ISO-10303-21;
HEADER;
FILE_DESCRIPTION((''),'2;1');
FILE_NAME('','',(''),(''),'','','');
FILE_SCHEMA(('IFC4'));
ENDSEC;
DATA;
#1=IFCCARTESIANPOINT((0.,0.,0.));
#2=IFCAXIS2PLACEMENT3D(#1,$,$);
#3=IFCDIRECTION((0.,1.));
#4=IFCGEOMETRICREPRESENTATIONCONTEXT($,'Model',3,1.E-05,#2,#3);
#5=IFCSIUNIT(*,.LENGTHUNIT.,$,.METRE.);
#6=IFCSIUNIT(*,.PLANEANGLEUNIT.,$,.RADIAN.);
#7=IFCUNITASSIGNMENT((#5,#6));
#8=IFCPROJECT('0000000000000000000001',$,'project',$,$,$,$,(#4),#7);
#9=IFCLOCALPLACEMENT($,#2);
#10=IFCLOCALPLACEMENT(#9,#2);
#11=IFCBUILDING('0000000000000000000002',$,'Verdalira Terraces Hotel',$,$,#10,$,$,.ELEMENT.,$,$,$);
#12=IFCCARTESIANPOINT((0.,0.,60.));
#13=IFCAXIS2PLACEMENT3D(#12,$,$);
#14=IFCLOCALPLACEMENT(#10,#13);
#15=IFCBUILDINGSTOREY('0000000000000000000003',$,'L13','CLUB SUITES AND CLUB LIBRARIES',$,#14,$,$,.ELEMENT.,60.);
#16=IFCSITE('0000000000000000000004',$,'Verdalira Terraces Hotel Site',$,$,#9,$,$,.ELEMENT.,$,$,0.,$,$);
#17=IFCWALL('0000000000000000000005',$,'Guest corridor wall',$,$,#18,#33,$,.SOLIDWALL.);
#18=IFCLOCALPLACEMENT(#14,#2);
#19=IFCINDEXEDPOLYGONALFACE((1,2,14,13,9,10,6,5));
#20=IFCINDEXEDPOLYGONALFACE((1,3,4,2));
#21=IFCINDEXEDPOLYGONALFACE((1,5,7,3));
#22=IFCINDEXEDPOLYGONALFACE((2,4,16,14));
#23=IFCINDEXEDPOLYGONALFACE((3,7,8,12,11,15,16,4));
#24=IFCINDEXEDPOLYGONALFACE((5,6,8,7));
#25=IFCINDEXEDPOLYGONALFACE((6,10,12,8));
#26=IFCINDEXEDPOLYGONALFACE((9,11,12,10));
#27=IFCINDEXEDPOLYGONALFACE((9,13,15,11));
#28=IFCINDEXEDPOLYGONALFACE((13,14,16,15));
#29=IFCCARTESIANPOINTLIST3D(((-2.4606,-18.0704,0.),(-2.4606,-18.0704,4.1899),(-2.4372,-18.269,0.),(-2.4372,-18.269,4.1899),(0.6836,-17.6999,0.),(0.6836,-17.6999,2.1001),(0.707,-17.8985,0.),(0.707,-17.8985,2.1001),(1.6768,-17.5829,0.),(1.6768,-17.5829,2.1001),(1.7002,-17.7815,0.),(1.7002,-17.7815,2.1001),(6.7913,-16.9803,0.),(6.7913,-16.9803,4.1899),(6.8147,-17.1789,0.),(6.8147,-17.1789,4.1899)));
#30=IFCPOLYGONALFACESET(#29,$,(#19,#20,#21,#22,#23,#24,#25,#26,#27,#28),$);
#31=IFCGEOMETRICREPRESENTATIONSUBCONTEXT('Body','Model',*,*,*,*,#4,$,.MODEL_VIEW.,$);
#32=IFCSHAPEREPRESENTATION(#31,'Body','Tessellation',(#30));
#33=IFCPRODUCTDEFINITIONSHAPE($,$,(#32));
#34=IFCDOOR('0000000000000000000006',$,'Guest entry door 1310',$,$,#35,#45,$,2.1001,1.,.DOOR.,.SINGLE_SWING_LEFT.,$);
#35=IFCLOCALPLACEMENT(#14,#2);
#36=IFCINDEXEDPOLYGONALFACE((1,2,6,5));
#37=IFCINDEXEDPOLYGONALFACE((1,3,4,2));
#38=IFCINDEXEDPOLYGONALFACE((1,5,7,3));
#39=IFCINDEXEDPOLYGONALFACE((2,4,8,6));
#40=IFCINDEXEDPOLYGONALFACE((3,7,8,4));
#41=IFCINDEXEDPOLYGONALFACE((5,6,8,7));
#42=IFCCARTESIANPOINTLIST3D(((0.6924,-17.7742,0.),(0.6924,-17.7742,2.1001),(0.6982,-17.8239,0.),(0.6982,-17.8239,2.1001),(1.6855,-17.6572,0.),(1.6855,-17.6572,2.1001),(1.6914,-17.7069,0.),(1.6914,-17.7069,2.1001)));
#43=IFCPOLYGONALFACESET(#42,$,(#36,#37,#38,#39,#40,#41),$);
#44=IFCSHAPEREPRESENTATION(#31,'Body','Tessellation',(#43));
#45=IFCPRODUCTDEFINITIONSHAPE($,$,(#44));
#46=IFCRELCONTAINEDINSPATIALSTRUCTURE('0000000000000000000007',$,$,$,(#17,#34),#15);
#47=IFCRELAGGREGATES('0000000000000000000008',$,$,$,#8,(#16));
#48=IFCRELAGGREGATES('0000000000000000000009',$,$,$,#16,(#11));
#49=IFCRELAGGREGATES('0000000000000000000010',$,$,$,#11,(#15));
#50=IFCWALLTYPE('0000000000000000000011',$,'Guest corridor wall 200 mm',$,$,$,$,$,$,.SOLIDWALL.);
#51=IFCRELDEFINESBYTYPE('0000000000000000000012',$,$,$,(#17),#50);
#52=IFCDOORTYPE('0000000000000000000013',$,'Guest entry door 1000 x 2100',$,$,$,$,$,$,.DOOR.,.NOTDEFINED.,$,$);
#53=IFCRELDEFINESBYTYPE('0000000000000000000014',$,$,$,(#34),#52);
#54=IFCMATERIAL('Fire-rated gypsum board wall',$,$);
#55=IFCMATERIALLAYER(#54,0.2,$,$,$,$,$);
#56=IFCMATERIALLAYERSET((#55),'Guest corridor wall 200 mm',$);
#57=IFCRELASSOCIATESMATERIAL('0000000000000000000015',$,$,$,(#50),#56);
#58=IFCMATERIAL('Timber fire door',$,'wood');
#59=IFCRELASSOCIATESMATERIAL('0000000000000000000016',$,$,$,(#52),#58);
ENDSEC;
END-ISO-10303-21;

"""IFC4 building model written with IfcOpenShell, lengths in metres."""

from ifc_helpers import new_model, si_unit, direction, frame, frame_2d, origin, place, context, subcontext, project, spatial, rectangle, extrude, material, layer, layer_set, type_object, element, fill, save


model = new_model("IFC4")

# Units and contexts
model_context = context("Model", 3, precision=1e-05, world=origin(), true_north=direction((0.0, 1.0)))
body_context = subcontext(model_context, "Body", "Model", "MODEL_VIEW")
ifc_project = project(units=[si_unit("LENGTHUNIT", "METRE"), si_unit("PLANEANGLEUNIT", "RADIAN")], contexts=[model_context])

# Site, building, storey
site_placement = place(None, origin())
site = spatial("IfcSite", under=ifc_project, at=site_placement, Name="Verdalira Terraces Hotel Site", CompositionType="ELEMENT", RefElevation=0.0)
building_placement = place(site_placement, origin())
building = spatial("IfcBuilding", under=site, at=building_placement, Name="Verdalira Terraces Hotel", CompositionType="ELEMENT")
storey_placement = place(building_placement, frame((0.0, 0.0, 60.0)))
storey = spatial("IfcBuildingStorey", under=building, at=storey_placement, Name="L13", Description="CLUB SUITES AND CLUB LIBRARIES", CompositionType="ELEMENT", Elevation=60.0)

# Wall, opening, door
ifc_material_1 = material(Name="Fire-rated gypsum board wall")
ifc_layer_1 = layer(ifc_material_1, 0.2)
ifc_layer_set_1 = layer_set([ifc_layer_1], Name="Guest corridor wall 200 mm")
wall_type_1 = type_object("IfcWallType", Name="Guest corridor wall 200 mm", PredefinedType="SOLIDWALL", material=ifc_layer_set_1)
wall_1_placement = place(storey_placement, frame((6.803, -17.0796, 0.0), z_axis=(0.0, 0.0, 1.0), x_axis=(-0.99313, -0.117013, 0.0)))
wall_1 = element("IfcWall", 1, at=wall_1_placement, inside=storey, type_object=wall_type_1, Name="Guest corridor wall", PredefinedType="SOLIDWALL", context=body_context, shape_type="SweptSolid", body=[
    extrude(rectangle(XDim=9.3159, YDim=0.2, at=frame_2d((4.658, 0.0))), origin(), (0.0, 0.0, 1.0), 4.1899),
])
opening_1_placement = place(wall_1_placement, frame((5.1499, 0.0, 0.0)))
opening_1 = element("IfcOpeningElement", 2, at=opening_1_placement, cuts=wall_1, PredefinedType="OPENING", context=body_context, shape_type="SweptSolid", body=[
    extrude(rectangle(XDim=1.0, YDim=2.1001, at=frame_2d((0.5, 1.05))), frame((0.0, 0.1099, 0.0), z_axis=(0.0, -1.0, 0.0), x_axis=(1.0, 0.0, 0.0)), (0.0, 0.0, 1.0), 0.22),
])
ifc_material_2 = material(Name="Timber fire door", Category="wood")
door_type_1 = type_object("IfcDoorType", Name="Guest entry door 1000 x 2100", OperationType="NOTDEFINED", PredefinedType="DOOR", material=ifc_material_2)
door_1_placement = place(opening_1_placement, origin())
door_1 = element("IfcDoor", 3, at=door_1_placement, inside=storey, type_object=door_type_1, Name="Guest entry door 1310", OperationType="SINGLE_SWING_LEFT", OverallHeight=2.1001, OverallWidth=1.0, PredefinedType="DOOR", context=body_context, shape_type="SweptSolid", body=[
    extrude(rectangle(XDim=1.0, YDim=2.1001, at=frame_2d((0.5, 1.05))), frame((0.0, 0.0249, 0.0), z_axis=(0.0, -1.0, 0.0), x_axis=(1.0, 0.0, 0.0)), (0.0, 0.0, 1.0), 0.05),
])
fill(opening_1, door_1)

save(model, "model.ifc")
